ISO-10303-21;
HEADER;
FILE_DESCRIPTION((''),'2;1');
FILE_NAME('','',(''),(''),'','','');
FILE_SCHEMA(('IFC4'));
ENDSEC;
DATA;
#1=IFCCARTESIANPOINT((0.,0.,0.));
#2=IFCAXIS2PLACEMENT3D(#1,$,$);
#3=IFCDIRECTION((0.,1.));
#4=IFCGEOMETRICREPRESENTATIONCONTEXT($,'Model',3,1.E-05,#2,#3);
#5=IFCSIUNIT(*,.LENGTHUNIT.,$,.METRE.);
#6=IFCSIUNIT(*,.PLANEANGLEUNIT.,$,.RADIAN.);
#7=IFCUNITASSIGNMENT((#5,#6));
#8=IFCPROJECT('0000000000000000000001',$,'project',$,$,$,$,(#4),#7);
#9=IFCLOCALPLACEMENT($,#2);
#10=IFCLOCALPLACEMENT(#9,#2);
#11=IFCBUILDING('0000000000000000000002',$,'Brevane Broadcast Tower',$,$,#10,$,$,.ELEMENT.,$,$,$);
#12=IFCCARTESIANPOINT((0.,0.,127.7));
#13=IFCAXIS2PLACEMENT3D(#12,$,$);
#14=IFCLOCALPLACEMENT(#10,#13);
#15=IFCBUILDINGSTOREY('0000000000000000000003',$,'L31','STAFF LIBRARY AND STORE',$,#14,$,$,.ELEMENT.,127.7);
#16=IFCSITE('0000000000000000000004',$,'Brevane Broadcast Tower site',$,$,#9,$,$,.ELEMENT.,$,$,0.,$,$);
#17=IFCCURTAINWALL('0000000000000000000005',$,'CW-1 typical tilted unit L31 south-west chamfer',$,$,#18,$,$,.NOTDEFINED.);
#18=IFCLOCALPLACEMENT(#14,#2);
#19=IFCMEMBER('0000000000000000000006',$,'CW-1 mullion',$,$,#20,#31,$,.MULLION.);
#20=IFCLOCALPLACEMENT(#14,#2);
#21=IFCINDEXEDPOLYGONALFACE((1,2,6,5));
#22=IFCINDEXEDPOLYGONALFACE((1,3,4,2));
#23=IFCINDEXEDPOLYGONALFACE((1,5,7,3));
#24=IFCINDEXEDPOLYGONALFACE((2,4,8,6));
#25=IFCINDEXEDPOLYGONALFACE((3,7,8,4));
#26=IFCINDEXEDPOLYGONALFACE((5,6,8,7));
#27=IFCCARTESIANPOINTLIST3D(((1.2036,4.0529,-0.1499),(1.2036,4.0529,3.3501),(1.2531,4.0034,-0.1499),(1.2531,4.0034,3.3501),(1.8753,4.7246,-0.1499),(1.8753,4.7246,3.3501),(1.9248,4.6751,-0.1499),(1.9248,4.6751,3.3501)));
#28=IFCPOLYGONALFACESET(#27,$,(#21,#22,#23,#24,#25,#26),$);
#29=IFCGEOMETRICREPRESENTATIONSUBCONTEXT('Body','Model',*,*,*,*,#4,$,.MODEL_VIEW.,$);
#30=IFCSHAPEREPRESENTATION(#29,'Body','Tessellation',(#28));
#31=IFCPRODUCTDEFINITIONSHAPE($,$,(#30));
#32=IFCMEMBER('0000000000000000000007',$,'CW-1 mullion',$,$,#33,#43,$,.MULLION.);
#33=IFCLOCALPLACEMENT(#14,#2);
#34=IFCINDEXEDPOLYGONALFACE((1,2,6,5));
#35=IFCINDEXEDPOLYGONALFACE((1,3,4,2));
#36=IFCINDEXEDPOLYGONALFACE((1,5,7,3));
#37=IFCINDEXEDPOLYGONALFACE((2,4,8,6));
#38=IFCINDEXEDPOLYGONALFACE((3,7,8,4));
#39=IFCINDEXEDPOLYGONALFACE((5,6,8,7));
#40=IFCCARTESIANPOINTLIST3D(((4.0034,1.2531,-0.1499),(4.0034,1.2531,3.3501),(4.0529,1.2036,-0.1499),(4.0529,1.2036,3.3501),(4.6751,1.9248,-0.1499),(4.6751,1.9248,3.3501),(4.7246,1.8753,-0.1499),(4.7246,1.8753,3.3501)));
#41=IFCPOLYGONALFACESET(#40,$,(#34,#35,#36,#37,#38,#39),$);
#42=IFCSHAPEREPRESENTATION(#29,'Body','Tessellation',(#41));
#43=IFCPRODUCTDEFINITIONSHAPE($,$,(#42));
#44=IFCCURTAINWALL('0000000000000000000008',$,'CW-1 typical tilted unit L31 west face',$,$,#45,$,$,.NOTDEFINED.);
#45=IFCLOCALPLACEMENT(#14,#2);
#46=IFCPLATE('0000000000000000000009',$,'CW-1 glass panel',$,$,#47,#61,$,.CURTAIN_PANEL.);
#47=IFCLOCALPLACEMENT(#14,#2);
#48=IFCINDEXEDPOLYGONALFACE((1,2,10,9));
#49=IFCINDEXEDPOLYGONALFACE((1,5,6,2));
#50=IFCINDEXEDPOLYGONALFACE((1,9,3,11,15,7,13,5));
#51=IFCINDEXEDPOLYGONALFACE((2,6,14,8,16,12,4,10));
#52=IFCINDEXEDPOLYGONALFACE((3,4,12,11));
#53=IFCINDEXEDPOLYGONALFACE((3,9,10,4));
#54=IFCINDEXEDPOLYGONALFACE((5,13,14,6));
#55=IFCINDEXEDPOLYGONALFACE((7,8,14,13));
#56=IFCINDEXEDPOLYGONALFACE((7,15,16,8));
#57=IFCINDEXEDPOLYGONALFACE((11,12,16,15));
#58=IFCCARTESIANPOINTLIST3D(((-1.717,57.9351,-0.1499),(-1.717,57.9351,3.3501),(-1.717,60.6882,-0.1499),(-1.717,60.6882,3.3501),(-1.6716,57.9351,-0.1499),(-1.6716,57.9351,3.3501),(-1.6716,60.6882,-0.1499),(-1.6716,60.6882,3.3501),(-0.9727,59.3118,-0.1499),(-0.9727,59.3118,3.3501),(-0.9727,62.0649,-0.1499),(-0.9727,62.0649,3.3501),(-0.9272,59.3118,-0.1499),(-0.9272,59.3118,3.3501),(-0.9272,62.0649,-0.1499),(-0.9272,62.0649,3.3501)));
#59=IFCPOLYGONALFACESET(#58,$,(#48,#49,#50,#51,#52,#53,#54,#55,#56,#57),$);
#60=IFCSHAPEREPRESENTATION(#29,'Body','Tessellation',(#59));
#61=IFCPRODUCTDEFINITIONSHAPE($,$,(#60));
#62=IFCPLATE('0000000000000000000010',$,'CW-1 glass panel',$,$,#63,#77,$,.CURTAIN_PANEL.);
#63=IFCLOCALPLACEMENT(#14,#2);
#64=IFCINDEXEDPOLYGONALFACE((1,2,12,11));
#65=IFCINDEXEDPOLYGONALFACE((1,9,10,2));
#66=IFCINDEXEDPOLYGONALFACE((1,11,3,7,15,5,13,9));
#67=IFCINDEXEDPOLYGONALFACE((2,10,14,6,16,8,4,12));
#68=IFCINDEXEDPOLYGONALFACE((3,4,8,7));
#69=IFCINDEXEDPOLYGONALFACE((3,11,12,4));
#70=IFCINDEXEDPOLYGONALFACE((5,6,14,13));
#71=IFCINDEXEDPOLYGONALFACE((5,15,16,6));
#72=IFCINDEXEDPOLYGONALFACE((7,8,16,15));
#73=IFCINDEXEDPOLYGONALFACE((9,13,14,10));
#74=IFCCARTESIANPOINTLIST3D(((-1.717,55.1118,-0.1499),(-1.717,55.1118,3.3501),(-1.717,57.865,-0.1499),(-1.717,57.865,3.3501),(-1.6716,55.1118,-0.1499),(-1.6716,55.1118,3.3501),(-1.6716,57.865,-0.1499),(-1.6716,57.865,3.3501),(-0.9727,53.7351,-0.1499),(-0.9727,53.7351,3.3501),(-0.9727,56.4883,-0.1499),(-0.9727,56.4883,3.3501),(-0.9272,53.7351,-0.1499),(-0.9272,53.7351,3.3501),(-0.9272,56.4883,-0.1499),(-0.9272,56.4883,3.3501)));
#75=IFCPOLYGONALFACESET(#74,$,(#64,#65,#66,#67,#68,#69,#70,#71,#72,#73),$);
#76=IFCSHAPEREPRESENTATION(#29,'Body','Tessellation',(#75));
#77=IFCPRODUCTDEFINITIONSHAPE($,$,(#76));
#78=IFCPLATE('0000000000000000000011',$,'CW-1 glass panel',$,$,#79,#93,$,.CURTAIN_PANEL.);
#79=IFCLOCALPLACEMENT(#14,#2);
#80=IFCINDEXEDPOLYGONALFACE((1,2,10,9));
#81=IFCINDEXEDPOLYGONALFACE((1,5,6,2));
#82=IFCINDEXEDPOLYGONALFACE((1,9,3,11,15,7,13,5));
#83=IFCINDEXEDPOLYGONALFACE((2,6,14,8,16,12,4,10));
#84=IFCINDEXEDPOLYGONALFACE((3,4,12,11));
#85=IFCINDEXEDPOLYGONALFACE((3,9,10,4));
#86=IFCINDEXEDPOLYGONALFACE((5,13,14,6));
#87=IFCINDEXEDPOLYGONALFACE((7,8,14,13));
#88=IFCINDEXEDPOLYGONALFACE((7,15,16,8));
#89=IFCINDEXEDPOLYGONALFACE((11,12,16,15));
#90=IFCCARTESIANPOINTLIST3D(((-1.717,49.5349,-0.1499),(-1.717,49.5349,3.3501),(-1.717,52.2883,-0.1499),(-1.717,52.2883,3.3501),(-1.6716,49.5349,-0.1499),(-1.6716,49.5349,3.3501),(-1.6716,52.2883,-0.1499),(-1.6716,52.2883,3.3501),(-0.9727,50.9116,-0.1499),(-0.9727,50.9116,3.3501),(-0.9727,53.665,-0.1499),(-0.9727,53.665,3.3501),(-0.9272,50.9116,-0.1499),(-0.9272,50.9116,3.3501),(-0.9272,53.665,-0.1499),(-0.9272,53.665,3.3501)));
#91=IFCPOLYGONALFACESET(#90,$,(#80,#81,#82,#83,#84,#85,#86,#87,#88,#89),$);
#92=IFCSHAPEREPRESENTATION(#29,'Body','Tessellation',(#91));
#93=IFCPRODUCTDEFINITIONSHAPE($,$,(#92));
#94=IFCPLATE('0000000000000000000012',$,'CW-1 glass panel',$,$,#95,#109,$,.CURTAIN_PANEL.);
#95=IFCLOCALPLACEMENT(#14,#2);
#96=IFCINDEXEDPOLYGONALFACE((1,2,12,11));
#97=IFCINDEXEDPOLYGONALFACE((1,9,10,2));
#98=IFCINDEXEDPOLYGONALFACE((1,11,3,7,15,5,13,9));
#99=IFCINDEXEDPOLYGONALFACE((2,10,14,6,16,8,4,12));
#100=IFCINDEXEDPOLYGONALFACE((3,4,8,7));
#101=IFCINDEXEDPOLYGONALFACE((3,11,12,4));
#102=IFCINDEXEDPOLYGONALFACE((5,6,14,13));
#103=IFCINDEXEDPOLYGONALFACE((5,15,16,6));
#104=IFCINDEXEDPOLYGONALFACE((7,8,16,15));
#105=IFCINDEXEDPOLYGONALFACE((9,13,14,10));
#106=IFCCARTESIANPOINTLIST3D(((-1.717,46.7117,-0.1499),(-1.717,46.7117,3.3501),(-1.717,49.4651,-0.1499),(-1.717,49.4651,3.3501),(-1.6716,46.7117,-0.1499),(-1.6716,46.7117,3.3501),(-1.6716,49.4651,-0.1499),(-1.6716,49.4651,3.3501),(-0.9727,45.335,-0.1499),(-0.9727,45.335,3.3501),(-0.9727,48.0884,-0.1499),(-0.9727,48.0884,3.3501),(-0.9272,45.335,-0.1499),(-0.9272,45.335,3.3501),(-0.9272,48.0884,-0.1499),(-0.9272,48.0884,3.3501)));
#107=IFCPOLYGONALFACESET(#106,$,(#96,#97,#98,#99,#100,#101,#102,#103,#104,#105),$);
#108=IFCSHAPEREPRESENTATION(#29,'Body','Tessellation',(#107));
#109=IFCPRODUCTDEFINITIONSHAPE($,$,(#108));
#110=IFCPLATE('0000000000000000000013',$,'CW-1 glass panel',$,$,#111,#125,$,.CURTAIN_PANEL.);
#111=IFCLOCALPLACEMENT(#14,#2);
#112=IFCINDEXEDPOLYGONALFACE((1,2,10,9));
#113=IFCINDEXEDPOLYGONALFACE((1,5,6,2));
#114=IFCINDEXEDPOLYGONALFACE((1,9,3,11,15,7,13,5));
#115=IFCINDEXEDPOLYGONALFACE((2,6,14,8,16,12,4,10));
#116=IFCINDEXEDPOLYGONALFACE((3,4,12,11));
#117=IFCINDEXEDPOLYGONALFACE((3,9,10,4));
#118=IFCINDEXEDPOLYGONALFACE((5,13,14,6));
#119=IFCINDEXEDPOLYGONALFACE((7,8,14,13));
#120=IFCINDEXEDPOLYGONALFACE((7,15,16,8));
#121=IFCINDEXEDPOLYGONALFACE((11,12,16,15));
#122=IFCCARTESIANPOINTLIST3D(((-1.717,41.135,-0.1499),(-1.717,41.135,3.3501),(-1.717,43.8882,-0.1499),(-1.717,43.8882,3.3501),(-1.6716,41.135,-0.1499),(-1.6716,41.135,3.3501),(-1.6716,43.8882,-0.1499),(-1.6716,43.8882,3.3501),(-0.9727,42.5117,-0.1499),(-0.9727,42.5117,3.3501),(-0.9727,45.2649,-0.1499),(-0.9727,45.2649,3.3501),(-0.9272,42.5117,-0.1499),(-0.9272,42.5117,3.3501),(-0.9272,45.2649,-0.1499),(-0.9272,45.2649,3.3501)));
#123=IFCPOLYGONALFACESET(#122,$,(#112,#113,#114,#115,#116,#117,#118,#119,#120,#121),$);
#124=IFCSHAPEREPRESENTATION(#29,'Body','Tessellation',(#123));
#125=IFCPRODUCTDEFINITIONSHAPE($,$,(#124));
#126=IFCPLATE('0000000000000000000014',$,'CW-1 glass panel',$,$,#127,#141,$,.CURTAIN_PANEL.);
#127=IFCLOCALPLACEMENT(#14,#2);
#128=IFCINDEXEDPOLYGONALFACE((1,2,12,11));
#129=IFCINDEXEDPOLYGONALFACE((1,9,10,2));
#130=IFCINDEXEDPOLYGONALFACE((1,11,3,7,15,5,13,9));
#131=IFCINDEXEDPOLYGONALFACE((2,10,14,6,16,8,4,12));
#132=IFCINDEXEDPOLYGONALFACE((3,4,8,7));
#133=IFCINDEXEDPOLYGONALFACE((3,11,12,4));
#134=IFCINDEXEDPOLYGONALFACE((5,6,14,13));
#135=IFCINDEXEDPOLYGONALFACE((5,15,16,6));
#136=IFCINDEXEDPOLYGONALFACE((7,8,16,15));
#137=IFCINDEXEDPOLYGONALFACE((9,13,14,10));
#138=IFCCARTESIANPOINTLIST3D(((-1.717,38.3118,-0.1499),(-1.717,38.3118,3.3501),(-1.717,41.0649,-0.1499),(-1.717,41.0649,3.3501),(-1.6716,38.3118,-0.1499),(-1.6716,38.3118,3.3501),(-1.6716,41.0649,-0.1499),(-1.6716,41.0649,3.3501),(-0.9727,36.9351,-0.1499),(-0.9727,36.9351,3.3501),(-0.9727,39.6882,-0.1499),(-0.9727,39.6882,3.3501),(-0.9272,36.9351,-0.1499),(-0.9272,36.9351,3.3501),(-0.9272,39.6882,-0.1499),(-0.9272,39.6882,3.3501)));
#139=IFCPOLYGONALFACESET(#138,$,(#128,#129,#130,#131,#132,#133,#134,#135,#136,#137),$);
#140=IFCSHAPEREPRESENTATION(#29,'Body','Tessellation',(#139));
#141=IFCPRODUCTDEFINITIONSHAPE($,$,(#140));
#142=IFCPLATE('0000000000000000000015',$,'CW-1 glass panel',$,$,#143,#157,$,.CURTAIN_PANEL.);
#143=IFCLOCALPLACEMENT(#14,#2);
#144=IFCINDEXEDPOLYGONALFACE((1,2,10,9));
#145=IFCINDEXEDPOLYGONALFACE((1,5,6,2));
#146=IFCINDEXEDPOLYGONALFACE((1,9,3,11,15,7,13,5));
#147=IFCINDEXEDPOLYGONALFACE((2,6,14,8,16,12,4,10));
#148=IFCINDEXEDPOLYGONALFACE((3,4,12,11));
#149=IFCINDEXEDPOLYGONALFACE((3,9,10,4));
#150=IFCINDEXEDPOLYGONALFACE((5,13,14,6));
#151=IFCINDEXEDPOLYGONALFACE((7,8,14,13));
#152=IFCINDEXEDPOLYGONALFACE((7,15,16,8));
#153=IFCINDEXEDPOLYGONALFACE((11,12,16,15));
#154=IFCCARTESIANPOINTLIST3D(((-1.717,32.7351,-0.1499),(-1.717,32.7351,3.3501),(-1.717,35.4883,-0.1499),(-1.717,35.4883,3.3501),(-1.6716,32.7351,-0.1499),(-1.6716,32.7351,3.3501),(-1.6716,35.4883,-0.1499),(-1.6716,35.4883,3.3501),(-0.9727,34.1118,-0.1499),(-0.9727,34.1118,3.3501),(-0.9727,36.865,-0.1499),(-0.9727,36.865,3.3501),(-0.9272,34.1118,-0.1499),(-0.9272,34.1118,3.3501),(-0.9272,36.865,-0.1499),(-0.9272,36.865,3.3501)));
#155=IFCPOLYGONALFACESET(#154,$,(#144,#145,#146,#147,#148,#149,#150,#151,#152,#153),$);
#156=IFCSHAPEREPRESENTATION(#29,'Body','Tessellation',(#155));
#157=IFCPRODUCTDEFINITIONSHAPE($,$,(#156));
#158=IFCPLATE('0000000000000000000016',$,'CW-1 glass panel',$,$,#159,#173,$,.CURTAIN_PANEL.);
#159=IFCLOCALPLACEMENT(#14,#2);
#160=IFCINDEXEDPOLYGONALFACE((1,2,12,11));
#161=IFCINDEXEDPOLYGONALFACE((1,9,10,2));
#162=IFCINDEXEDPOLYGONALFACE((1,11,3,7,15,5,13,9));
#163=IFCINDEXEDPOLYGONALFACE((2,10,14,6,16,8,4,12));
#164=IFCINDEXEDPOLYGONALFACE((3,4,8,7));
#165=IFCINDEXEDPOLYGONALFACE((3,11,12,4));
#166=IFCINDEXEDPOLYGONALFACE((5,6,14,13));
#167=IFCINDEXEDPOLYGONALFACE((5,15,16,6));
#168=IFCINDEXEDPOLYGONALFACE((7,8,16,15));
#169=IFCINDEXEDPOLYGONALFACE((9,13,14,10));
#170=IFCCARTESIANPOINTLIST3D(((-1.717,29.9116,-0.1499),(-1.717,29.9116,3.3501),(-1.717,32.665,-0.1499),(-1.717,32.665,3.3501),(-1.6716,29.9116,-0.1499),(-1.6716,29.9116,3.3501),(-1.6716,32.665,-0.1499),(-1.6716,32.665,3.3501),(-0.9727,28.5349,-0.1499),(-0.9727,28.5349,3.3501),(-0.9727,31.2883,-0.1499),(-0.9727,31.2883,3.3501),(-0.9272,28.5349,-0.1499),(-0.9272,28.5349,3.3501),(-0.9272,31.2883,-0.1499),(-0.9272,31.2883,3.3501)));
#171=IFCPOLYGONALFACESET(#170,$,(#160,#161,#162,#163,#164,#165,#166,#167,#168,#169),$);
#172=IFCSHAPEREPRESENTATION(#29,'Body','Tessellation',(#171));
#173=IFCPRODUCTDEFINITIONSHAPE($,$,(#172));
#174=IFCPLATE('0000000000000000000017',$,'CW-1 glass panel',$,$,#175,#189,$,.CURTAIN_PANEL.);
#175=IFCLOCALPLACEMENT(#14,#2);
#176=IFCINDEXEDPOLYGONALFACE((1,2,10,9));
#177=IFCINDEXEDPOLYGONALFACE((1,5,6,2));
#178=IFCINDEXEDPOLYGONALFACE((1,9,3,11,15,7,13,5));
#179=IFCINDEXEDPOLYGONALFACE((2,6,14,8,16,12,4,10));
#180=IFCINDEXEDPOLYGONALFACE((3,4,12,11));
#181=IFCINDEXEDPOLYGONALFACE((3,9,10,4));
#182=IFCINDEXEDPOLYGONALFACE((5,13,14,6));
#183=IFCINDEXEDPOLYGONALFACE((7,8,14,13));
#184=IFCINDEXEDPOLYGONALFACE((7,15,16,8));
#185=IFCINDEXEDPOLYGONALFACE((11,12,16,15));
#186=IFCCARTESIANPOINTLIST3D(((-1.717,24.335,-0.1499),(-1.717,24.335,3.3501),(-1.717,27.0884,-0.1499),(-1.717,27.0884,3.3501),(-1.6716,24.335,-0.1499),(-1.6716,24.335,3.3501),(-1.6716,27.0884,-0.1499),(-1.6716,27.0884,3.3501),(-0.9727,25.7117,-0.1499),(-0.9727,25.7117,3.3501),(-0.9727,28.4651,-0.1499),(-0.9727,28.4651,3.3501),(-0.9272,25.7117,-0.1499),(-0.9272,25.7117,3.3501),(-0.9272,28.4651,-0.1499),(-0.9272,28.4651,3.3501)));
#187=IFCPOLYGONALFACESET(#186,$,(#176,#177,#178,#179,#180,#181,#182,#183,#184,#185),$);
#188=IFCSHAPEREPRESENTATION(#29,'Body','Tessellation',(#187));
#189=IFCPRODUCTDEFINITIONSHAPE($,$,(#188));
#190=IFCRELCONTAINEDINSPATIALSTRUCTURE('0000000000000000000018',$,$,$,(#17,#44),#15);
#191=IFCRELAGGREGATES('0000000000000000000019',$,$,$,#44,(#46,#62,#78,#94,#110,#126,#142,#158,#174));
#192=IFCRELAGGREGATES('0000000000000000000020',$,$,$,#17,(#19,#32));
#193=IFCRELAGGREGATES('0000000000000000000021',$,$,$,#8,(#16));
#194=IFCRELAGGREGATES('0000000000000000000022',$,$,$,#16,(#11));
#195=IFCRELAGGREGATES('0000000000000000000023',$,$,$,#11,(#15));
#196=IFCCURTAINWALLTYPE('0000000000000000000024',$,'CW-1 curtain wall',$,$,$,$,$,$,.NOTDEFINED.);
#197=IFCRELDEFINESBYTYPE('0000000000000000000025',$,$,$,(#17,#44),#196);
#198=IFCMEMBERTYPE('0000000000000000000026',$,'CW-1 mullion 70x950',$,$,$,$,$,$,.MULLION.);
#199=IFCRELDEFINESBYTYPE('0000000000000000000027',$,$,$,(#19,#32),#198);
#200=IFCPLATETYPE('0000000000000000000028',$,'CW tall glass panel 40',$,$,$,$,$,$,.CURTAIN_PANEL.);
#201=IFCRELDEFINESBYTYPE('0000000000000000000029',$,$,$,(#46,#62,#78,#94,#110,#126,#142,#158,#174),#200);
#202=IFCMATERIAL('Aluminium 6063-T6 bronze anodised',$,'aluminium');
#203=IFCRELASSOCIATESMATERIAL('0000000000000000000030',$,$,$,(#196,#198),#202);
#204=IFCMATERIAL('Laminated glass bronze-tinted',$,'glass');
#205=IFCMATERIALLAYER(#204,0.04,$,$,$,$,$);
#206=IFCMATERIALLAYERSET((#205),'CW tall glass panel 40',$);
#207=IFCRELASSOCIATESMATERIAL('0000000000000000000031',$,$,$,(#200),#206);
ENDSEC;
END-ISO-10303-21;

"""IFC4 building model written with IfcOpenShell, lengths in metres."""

from ifc_helpers import new_model, si_unit, direction, frame, origin, origin_2d, place, context, subcontext, project, spatial, polyline, rectangle, outline, extrude, material, layer, layer_set, material_profile, profile_set, type_object, element, aggregate, save


model = new_model("IFC4")

# Units and contexts
model_context = context("Model", 3, precision=1e-05, world=origin(), true_north=direction((0.0, 1.0)))
body_context = subcontext(model_context, "Body", "Model", "MODEL_VIEW")
ifc_project = project(units=[si_unit("LENGTHUNIT", "METRE"), si_unit("PLANEANGLEUNIT", "RADIAN")], contexts=[model_context])

# Site, building, storey
site_placement = place(None, origin())
site = spatial("IfcSite", under=ifc_project, at=site_placement, Name="Brevane Broadcast Tower site", CompositionType="ELEMENT", RefElevation=0.0)
building_placement = place(site_placement, origin())
building = spatial("IfcBuilding", under=site, at=building_placement, Name="Brevane Broadcast Tower", CompositionType="ELEMENT")
storey_placement = place(building_placement, frame((0.0, 0.0, 127.7)))
storey = spatial("IfcBuildingStorey", under=building, at=storey_placement, Name="L31", Description="STAFF LIBRARY AND STORE", CompositionType="ELEMENT", Elevation=127.7)

# Curtain wall, members
ifc_material_1 = material(Name="Aluminium 6063-T6 bronze anodised", Category="aluminium")
curtain_wall_type = type_object("IfcCurtainWallType", Name="CW-1 curtain wall", PredefinedType="NOTDEFINED", material=ifc_material_1)
curtain_wall_1_placement = place(storey_placement, origin())
curtain_wall_1 = element("IfcCurtainWall", 1, at=curtain_wall_1_placement, inside=storey, type_object=curtain_wall_type, Name="CW-1 typical tilted unit L31 south-west chamfer", PredefinedType="NOTDEFINED")
ifc_material_profile = material_profile(ifc_material_1, rectangle(XDim=0.95, YDim=0.0701, at=origin_2d()), Name="RECT 70x950")
ifc_profile_set = profile_set([ifc_material_profile], Name="Aluminium 6063-T6 bronze anodised")
member_type = type_object("IfcMemberType", Name="CW-1 mullion 70x950", PredefinedType="MULLION", material=ifc_profile_set)
member_1_placement = place(storey_placement, frame((1.5642, 4.364, -0.1499), z_axis=(0.0, 0.0, 1.0), x_axis=(0.707107, 0.707107, 0.0)))
member_1 = element("IfcMember", 2, at=member_1_placement, type_object=member_type, Name="CW-1 mullion", PredefinedType="MULLION", context=body_context, shape_type="SweptSolid", body=[
    extrude(rectangle(XDim=0.95, YDim=0.0701, at=origin_2d()), origin(), (0.0, 0.0, 1.0), 3.5),
])
member_2_placement = place(storey_placement, frame((4.364, 1.5642, -0.1499), z_axis=(0.0, 0.0, 1.0), x_axis=(0.707107, 0.707107, 0.0)))
member_2 = element("IfcMember", 3, at=member_2_placement, type_object=member_type, Name="CW-1 mullion", PredefinedType="MULLION", context=body_context, shape_type="SweptSolid", body=[
    extrude(rectangle(XDim=0.95, YDim=0.0701, at=origin_2d()), origin(), (0.0, 0.0, 1.0), 3.5),
])

# Curtain wall, plates
curtain_wall_2_placement = place(storey_placement, origin())
curtain_wall_2 = element("IfcCurtainWall", 4, at=curtain_wall_2_placement, inside=storey, type_object=curtain_wall_type, Name="CW-1 typical tilted unit L31 west face", PredefinedType="NOTDEFINED")
ifc_material_2 = material(Name="Laminated glass bronze-tinted", Category="glass")
ifc_layer_1 = layer(ifc_material_2, 0.04)
ifc_layer_set_1 = layer_set([ifc_layer_1], Name="CW tall glass panel 40")
plate_type = type_object("IfcPlateType", Name="CW tall glass panel 40", PredefinedType="CURTAIN_PANEL", material=ifc_layer_set_1)
plate_1_placement = place(storey_placement, frame((0.0, 0.0, -0.1499)))
plate_1 = element("IfcPlate", 5, at=plate_1_placement, type_object=plate_type, Name="CW-1 glass panel", PredefinedType="CURTAIN_PANEL", context=body_context, shape_type="SweptSolid", body=[
    extrude(outline(polyline([(-0.9272, 62.0649), (-0.9727, 62.0649), (-1.717, 60.6882), (-0.9727, 59.3118), (-1.717, 57.9351), (-1.6716, 57.9351), (-0.9272, 59.3118), (-1.6716, 60.6882), (-0.9272, 62.0649)])), origin(), (0.0, 0.0, 1.0), 3.5),
])
plate_2_placement = place(storey_placement, frame((0.0, 0.0, -0.1499)))
plate_2 = element("IfcPlate", 6, at=plate_2_placement, type_object=plate_type, Name="CW-1 glass panel", PredefinedType="CURTAIN_PANEL", context=body_context, shape_type="SweptSolid", body=[
    extrude(outline(polyline([(-1.6716, 57.865), (-1.717, 57.865), (-0.9727, 56.4883), (-1.717, 55.1118), (-0.9727, 53.7351), (-0.9272, 53.7351), (-1.6716, 55.1118), (-0.9272, 56.4883), (-1.6716, 57.865)])), origin(), (0.0, 0.0, 1.0), 3.5),
])
plate_3_placement = place(storey_placement, frame((0.0, 0.0, -0.1499)))
plate_3 = element("IfcPlate", 7, at=plate_3_placement, type_object=plate_type, Name="CW-1 glass panel", PredefinedType="CURTAIN_PANEL", context=body_context, shape_type="SweptSolid", body=[
    extrude(outline(polyline([(-0.9272, 53.665), (-0.9727, 53.665), (-1.717, 52.2883), (-0.9727, 50.9116), (-1.717, 49.5349), (-1.6716, 49.5349), (-0.9272, 50.9116), (-1.6716, 52.2883), (-0.9272, 53.665)])), origin(), (0.0, 0.0, 1.0), 3.5),
])
plate_4_placement = place(storey_placement, frame((0.0, 0.0, -0.1499)))
plate_4 = element("IfcPlate", 8, at=plate_4_placement, type_object=plate_type, Name="CW-1 glass panel", PredefinedType="CURTAIN_PANEL", context=body_context, shape_type="SweptSolid", body=[
    extrude(outline(polyline([(-1.6716, 49.4651), (-1.717, 49.4651), (-0.9727, 48.0884), (-1.717, 46.7117), (-0.9727, 45.335), (-0.9272, 45.335), (-1.6716, 46.7117), (-0.9272, 48.0884), (-1.6716, 49.4651)])), origin(), (0.0, 0.0, 1.0), 3.5),
])
plate_5_placement = place(storey_placement, frame((0.0, 0.0, -0.1499)))
plate_5 = element("IfcPlate", 9, at=plate_5_placement, type_object=plate_type, Name="CW-1 glass panel", PredefinedType="CURTAIN_PANEL", context=body_context, shape_type="SweptSolid", body=[
    extrude(outline(polyline([(-0.9272, 45.2649), (-0.9727, 45.2649), (-1.717, 43.8882), (-0.9727, 42.5117), (-1.717, 41.135), (-1.6716, 41.135), (-0.9272, 42.5117), (-1.6716, 43.8882), (-0.9272, 45.2649)])), origin(), (0.0, 0.0, 1.0), 3.5),
])
plate_6_placement = place(storey_placement, frame((0.0, 0.0, -0.1499)))
plate_6 = element("IfcPlate", 10, at=plate_6_placement, type_object=plate_type, Name="CW-1 glass panel", PredefinedType="CURTAIN_PANEL", context=body_context, shape_type="SweptSolid", body=[
    extrude(outline(polyline([(-1.6716, 41.0649), (-1.717, 41.0649), (-0.9727, 39.6882), (-1.717, 38.3118), (-0.9727, 36.9351), (-0.9272, 36.9351), (-1.6716, 38.3118), (-0.9272, 39.6882), (-1.6716, 41.0649)])), origin(), (0.0, 0.0, 1.0), 3.5),
])
plate_7_placement = place(storey_placement, frame((0.0, 0.0, -0.1499)))
plate_7 = element("IfcPlate", 11, at=plate_7_placement, type_object=plate_type, Name="CW-1 glass panel", PredefinedType="CURTAIN_PANEL", context=body_context, shape_type="SweptSolid", body=[
    extrude(outline(polyline([(-0.9272, 36.865), (-0.9727, 36.865), (-1.717, 35.4883), (-0.9727, 34.1118), (-1.717, 32.7351), (-1.6716, 32.7351), (-0.9272, 34.1118), (-1.6716, 35.4883), (-0.9272, 36.865)])), origin(), (0.0, 0.0, 1.0), 3.5),
])
plate_8_placement = place(storey_placement, frame((0.0, 0.0, -0.1499)))
plate_8 = element("IfcPlate", 12, at=plate_8_placement, type_object=plate_type, Name="CW-1 glass panel", PredefinedType="CURTAIN_PANEL", context=body_context, shape_type="SweptSolid", body=[
    extrude(outline(polyline([(-1.6716, 32.665), (-1.717, 32.665), (-0.9727, 31.2883), (-1.717, 29.9116), (-0.9727, 28.5349), (-0.9272, 28.5349), (-1.6716, 29.9116), (-0.9272, 31.2883), (-1.6716, 32.665)])), origin(), (0.0, 0.0, 1.0), 3.5),
])
plate_9_placement = place(storey_placement, frame((0.0, 0.0, -0.1499)))
plate_9 = element("IfcPlate", 13, at=plate_9_placement, type_object=plate_type, Name="CW-1 glass panel", PredefinedType="CURTAIN_PANEL", context=body_context, shape_type="SweptSolid", body=[
    extrude(outline(polyline([(-0.9272, 28.4651), (-0.9727, 28.4651), (-1.717, 27.0884), (-0.9727, 25.7117), (-1.717, 24.335), (-1.6716, 24.335), (-0.9272, 25.7117), (-1.6716, 27.0884), (-0.9272, 28.4651)])), origin(), (0.0, 0.0, 1.0), 3.5),
])
aggregate(curtain_wall_2, [plate_1, plate_2, plate_3, plate_4, plate_5, plate_6, plate_7, plate_8, plate_9])

aggregate(curtain_wall_1, [member_1, member_2])

save(model, "model.ifc")
